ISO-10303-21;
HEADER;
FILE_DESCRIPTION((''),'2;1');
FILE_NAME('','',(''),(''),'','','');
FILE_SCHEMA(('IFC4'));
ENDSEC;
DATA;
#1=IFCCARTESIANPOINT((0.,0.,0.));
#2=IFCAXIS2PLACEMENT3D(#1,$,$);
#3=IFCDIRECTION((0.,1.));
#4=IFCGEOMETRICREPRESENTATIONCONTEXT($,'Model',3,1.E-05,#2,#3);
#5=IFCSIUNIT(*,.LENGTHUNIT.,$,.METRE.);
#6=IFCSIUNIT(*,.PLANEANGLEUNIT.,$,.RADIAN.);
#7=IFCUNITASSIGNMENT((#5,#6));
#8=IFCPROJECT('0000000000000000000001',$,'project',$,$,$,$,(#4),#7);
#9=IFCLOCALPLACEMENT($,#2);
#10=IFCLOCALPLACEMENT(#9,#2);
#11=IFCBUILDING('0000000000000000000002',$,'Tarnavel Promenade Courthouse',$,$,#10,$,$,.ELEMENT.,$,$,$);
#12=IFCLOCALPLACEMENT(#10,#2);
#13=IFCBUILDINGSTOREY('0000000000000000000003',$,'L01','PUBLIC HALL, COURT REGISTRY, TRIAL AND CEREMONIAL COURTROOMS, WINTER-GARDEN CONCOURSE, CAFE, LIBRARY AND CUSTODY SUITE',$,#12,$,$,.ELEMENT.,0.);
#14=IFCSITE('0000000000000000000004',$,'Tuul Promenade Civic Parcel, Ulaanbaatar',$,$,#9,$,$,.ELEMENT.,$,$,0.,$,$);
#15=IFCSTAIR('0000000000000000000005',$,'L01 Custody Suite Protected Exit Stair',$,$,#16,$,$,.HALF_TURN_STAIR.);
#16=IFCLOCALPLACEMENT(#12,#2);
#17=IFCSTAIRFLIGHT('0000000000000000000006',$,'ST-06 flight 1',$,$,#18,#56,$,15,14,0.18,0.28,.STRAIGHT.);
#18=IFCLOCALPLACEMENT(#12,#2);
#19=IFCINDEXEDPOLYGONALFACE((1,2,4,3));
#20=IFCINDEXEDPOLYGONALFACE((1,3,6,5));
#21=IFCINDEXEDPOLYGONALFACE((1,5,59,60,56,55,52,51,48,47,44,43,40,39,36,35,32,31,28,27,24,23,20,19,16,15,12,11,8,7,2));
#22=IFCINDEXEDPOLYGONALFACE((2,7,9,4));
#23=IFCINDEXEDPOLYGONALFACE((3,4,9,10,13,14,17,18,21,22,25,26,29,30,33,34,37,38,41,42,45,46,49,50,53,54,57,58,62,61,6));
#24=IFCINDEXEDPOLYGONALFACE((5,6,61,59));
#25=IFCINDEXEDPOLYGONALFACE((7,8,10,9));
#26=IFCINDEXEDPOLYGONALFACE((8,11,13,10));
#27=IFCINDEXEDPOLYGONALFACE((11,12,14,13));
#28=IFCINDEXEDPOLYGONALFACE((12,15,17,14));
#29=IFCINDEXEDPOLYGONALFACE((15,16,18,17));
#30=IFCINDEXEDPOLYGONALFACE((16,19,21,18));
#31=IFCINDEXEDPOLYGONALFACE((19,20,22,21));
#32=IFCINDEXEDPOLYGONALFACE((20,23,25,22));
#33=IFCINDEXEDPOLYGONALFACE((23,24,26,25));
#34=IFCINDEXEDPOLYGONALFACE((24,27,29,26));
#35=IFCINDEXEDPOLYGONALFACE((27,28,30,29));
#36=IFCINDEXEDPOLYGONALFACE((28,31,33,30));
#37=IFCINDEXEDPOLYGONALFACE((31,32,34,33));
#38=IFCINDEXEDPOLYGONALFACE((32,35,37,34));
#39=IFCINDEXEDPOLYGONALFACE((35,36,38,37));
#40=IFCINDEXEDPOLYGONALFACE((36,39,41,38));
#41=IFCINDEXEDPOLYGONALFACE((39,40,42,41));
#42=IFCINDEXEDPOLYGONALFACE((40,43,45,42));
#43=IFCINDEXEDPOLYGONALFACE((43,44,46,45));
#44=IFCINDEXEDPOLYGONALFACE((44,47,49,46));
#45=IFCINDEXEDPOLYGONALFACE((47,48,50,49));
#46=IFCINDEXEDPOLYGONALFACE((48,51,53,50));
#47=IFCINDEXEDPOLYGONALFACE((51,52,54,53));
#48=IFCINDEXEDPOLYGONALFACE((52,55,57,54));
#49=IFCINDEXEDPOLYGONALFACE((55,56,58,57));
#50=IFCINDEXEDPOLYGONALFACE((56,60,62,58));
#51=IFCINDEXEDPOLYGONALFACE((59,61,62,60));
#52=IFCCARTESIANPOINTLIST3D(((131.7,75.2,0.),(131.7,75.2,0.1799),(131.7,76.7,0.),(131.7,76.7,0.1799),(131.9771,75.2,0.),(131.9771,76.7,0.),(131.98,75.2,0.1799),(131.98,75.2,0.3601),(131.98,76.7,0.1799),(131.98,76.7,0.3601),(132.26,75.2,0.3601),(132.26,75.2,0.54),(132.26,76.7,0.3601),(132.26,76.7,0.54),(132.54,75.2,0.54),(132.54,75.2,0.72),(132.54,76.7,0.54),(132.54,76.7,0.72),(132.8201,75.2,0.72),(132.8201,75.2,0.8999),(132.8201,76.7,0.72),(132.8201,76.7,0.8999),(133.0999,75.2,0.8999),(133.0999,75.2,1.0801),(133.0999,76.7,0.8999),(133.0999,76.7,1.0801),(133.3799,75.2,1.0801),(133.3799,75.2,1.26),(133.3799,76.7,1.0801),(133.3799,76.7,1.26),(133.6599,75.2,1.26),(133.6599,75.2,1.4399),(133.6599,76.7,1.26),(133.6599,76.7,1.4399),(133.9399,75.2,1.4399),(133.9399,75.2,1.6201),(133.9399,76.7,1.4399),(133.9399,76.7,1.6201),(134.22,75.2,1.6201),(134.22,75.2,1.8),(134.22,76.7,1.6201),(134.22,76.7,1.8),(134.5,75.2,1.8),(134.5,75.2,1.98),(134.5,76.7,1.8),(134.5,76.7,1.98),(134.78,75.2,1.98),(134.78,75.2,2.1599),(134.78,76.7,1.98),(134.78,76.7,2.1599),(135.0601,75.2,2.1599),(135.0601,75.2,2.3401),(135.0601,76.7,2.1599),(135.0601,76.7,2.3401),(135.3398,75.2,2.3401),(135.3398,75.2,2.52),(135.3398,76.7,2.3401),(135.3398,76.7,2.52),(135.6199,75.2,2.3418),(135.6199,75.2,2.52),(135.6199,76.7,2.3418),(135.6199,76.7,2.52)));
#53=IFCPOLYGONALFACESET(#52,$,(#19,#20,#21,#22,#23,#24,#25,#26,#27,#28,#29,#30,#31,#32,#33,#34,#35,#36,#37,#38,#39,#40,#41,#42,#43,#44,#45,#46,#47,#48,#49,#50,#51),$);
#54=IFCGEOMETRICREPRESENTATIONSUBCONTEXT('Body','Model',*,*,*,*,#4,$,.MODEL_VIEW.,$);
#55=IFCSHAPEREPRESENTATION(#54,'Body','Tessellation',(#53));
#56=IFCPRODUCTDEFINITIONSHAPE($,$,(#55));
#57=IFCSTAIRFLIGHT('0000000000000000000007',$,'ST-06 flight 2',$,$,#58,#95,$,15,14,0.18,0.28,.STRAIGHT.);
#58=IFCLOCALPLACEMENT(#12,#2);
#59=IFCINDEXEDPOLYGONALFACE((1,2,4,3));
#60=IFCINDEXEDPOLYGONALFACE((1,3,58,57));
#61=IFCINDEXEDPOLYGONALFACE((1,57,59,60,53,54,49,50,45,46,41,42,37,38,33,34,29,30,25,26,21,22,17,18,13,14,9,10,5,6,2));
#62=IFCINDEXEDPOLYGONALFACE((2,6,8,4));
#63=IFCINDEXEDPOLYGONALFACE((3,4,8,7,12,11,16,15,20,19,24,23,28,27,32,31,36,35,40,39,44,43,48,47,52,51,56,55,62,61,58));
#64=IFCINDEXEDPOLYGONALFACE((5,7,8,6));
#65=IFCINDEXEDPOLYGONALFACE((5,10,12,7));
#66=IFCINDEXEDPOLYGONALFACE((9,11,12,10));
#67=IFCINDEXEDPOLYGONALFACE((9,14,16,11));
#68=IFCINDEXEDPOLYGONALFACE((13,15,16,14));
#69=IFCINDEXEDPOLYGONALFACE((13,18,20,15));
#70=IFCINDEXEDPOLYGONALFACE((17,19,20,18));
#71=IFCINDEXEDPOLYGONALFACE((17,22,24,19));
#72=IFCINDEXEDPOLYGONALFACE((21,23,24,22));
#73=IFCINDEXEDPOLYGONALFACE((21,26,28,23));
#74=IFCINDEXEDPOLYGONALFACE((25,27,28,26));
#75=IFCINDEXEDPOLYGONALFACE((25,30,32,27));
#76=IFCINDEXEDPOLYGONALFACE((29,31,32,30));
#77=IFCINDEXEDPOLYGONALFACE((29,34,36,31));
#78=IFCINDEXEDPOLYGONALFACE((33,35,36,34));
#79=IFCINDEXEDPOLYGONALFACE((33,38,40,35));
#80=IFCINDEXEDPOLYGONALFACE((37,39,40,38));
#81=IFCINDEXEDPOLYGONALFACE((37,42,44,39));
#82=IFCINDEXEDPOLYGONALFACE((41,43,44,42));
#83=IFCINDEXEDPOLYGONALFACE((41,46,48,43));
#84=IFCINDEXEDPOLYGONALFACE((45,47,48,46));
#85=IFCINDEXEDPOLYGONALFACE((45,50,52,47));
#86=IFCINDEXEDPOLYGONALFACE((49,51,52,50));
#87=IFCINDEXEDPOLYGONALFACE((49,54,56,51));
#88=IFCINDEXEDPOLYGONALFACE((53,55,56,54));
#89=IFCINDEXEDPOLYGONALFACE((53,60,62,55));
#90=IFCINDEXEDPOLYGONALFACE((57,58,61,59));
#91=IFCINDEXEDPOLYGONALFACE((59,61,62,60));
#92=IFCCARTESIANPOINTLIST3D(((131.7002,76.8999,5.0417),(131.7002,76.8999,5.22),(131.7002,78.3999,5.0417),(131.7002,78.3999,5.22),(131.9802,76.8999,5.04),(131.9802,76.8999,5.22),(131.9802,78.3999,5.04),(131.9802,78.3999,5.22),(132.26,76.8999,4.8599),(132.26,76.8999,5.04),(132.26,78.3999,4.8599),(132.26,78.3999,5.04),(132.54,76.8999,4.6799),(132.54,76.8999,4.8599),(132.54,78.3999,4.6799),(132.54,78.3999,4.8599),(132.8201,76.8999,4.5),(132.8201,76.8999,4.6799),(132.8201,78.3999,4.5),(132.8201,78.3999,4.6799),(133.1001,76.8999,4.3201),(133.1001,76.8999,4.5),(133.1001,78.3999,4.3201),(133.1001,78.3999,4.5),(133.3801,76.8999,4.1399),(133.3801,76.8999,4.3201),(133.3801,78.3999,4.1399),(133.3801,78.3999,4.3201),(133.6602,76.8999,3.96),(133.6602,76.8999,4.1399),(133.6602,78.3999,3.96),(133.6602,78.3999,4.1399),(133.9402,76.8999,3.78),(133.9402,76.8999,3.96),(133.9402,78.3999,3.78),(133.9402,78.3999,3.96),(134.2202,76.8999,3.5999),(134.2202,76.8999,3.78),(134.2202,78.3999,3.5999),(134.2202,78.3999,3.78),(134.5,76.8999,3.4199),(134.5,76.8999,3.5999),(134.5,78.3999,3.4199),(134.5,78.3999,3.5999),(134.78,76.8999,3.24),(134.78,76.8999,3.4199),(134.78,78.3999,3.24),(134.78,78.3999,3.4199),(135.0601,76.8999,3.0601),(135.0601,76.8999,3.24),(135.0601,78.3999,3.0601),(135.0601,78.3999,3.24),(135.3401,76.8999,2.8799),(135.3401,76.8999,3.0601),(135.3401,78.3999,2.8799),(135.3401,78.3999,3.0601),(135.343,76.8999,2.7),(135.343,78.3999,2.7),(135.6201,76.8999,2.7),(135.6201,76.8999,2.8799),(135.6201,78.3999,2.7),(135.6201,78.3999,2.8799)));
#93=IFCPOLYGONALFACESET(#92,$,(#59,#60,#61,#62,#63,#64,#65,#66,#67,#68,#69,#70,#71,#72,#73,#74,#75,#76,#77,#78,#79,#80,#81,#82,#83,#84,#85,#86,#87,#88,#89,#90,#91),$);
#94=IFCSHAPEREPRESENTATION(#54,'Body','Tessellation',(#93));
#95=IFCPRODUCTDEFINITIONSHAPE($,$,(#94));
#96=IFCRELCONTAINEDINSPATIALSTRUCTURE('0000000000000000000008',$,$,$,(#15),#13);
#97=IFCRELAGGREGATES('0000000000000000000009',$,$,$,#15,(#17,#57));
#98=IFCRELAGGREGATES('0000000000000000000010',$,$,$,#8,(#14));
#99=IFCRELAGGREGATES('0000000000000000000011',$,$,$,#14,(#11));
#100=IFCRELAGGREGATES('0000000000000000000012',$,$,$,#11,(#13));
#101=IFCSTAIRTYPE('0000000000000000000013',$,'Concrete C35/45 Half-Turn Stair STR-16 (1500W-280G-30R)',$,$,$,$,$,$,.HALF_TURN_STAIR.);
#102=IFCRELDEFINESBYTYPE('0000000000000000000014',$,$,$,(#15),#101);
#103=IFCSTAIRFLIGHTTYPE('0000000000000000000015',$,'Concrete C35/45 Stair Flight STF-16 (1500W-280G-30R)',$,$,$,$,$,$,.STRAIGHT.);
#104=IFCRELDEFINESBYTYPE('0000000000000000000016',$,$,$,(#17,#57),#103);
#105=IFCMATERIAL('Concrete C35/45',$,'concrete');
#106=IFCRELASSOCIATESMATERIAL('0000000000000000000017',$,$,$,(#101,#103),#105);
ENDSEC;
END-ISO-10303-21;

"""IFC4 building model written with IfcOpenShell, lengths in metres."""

from ifc_helpers import new_model, si_unit, direction, frame, origin, place, context, subcontext, project, spatial, polyline, outline, extrude, material, type_object, element, aggregate, save


model = new_model("IFC4")

# Units and contexts
model_context = context("Model", 3, precision=1e-05, world=origin(), true_north=direction((0.0, 1.0)))
body_context = subcontext(model_context, "Body", "Model", "MODEL_VIEW")
ifc_project = project(units=[si_unit("LENGTHUNIT", "METRE"), si_unit("PLANEANGLEUNIT", "RADIAN")], contexts=[model_context])

# Site, building, storey
site_placement = place(None, origin())
site = spatial("IfcSite", under=ifc_project, at=site_placement, Name="Tuul Promenade Civic Parcel, Ulaanbaatar", CompositionType="ELEMENT", RefElevation=0.0)
building_placement = place(site_placement, origin())
building = spatial("IfcBuilding", under=site, at=building_placement, Name="Tarnavel Promenade Courthouse", CompositionType="ELEMENT")
storey_placement = place(building_placement, origin())
storey = spatial("IfcBuildingStorey", under=building, at=storey_placement, Name="L01", Description="PUBLIC HALL, COURT REGISTRY, TRIAL AND CEREMONIAL COURTROOMS, WINTER-GARDEN CONCOURSE, CAFE, LIBRARY AND CUSTODY SUITE", CompositionType="ELEMENT", Elevation=0.0)

# Stair, stair flights
ifc_material_1 = material(Name="Concrete C35/45", Category="concrete")
stair_type = type_object("IfcStairType", Name="Concrete C35/45 Half-Turn Stair STR-16 (1500W-280G-30R)", PredefinedType="HALF_TURN_STAIR", material=ifc_material_1)
stair_placement = place(storey_placement, origin())
stair = element("IfcStair", 1, at=stair_placement, inside=storey, type_object=stair_type, Name="L01 Custody Suite Protected Exit Stair", PredefinedType="HALF_TURN_STAIR")
stair_flight_type = type_object("IfcStairFlightType", Name="Concrete C35/45 Stair Flight STF-16 (1500W-280G-30R)", PredefinedType="STRAIGHT", material=ifc_material_1)
stair_flight_1_placement = place(storey_placement, frame((131.7, 75.95, 0.0), z_axis=(0.0, 0.0, 1.0), x_axis=(1.0, 0.0, 0.0)))
stair_flight_1 = element("IfcStairFlight", 2, at=stair_flight_1_placement, type_object=stair_flight_type, Name="ST-06 flight 1", NumberOfRisers=15, NumberOfTreads=14, PredefinedType="STRAIGHT", RiserHeight=0.18, TreadLength=0.28, context=body_context, shape_type="SweptSolid", body=[
    extrude(outline(polyline([(0.0, 0.0), (0.0, 0.1799), (0.28, 0.1799), (0.28, 0.3601), (0.5601, 0.3601), (0.5601, 0.54), (0.8401, 0.54), (0.8401, 0.72), (1.1201, 0.72), (1.1201, 0.8999), (1.3999, 0.8999), (1.3999, 1.0801), (1.6799, 1.0801), (1.6799, 1.26), (1.96, 1.26), (1.96, 1.4399), (2.24, 1.4399), (2.24, 1.6201), (2.52, 1.6201), (2.52, 1.8), (2.8, 1.8), (2.8, 1.98), (3.0801, 1.98), (3.0801, 2.1599), (3.3601, 2.1599), (3.3601, 2.3401), (3.6399, 2.3401), (3.6399, 2.52), (3.9199, 2.52), (3.9199, 2.7), (3.9199, 2.3418), (0.2771, 0.0), (0.0, 0.0)])), frame((0.0, 0.75, 0.0), z_axis=(0.0, -1.0, 0.0), x_axis=(1.0, 0.0, 0.0)), (0.0, 0.0, 1.0), 1.5),
])
stair_flight_2_placement = place(storey_placement, frame((135.6201, 77.6499, 2.7), z_axis=(0.0, 0.0, 1.0), x_axis=(-1.0, 0.0, 0.0)))
stair_flight_2 = element("IfcStairFlight", 3, at=stair_flight_2_placement, type_object=stair_flight_type, Name="ST-06 flight 2", NumberOfRisers=15, NumberOfTreads=14, PredefinedType="STRAIGHT", RiserHeight=0.18, TreadLength=0.28, context=body_context, shape_type="SweptSolid", body=[
    extrude(outline(polyline([(0.0, 0.0), (0.0, 0.1799), (0.28, 0.1799), (0.28, 0.3601), (0.5601, 0.3601), (0.5601, 0.54), (0.8401, 0.54), (0.8401, 0.72), (1.1201, 0.72), (1.1201, 0.8999), (1.3999, 0.8999), (1.3999, 1.0801), (1.6799, 1.0801), (1.6799, 1.26), (1.96, 1.26), (1.96, 1.4399), (2.24, 1.4399), (2.24, 1.6201), (2.52, 1.6201), (2.52, 1.8), (2.8, 1.8), (2.8, 1.98), (3.0801, 1.98), (3.0801, 2.1599), (3.3601, 2.1599), (3.3601, 2.3401), (3.6399, 2.3401), (3.6399, 2.52), (3.9199, 2.52), (3.9199, 2.7), (3.9199, 2.3418), (0.2771, 0.0), (0.0, 0.0)])), frame((0.0, 0.75, 0.0), z_axis=(0.0, -1.0, 0.0), x_axis=(1.0, 0.0, 0.0)), (0.0, 0.0, 1.0), 1.5),
])
aggregate(stair, [stair_flight_1, stair_flight_2])

save(model, "model.ifc")
